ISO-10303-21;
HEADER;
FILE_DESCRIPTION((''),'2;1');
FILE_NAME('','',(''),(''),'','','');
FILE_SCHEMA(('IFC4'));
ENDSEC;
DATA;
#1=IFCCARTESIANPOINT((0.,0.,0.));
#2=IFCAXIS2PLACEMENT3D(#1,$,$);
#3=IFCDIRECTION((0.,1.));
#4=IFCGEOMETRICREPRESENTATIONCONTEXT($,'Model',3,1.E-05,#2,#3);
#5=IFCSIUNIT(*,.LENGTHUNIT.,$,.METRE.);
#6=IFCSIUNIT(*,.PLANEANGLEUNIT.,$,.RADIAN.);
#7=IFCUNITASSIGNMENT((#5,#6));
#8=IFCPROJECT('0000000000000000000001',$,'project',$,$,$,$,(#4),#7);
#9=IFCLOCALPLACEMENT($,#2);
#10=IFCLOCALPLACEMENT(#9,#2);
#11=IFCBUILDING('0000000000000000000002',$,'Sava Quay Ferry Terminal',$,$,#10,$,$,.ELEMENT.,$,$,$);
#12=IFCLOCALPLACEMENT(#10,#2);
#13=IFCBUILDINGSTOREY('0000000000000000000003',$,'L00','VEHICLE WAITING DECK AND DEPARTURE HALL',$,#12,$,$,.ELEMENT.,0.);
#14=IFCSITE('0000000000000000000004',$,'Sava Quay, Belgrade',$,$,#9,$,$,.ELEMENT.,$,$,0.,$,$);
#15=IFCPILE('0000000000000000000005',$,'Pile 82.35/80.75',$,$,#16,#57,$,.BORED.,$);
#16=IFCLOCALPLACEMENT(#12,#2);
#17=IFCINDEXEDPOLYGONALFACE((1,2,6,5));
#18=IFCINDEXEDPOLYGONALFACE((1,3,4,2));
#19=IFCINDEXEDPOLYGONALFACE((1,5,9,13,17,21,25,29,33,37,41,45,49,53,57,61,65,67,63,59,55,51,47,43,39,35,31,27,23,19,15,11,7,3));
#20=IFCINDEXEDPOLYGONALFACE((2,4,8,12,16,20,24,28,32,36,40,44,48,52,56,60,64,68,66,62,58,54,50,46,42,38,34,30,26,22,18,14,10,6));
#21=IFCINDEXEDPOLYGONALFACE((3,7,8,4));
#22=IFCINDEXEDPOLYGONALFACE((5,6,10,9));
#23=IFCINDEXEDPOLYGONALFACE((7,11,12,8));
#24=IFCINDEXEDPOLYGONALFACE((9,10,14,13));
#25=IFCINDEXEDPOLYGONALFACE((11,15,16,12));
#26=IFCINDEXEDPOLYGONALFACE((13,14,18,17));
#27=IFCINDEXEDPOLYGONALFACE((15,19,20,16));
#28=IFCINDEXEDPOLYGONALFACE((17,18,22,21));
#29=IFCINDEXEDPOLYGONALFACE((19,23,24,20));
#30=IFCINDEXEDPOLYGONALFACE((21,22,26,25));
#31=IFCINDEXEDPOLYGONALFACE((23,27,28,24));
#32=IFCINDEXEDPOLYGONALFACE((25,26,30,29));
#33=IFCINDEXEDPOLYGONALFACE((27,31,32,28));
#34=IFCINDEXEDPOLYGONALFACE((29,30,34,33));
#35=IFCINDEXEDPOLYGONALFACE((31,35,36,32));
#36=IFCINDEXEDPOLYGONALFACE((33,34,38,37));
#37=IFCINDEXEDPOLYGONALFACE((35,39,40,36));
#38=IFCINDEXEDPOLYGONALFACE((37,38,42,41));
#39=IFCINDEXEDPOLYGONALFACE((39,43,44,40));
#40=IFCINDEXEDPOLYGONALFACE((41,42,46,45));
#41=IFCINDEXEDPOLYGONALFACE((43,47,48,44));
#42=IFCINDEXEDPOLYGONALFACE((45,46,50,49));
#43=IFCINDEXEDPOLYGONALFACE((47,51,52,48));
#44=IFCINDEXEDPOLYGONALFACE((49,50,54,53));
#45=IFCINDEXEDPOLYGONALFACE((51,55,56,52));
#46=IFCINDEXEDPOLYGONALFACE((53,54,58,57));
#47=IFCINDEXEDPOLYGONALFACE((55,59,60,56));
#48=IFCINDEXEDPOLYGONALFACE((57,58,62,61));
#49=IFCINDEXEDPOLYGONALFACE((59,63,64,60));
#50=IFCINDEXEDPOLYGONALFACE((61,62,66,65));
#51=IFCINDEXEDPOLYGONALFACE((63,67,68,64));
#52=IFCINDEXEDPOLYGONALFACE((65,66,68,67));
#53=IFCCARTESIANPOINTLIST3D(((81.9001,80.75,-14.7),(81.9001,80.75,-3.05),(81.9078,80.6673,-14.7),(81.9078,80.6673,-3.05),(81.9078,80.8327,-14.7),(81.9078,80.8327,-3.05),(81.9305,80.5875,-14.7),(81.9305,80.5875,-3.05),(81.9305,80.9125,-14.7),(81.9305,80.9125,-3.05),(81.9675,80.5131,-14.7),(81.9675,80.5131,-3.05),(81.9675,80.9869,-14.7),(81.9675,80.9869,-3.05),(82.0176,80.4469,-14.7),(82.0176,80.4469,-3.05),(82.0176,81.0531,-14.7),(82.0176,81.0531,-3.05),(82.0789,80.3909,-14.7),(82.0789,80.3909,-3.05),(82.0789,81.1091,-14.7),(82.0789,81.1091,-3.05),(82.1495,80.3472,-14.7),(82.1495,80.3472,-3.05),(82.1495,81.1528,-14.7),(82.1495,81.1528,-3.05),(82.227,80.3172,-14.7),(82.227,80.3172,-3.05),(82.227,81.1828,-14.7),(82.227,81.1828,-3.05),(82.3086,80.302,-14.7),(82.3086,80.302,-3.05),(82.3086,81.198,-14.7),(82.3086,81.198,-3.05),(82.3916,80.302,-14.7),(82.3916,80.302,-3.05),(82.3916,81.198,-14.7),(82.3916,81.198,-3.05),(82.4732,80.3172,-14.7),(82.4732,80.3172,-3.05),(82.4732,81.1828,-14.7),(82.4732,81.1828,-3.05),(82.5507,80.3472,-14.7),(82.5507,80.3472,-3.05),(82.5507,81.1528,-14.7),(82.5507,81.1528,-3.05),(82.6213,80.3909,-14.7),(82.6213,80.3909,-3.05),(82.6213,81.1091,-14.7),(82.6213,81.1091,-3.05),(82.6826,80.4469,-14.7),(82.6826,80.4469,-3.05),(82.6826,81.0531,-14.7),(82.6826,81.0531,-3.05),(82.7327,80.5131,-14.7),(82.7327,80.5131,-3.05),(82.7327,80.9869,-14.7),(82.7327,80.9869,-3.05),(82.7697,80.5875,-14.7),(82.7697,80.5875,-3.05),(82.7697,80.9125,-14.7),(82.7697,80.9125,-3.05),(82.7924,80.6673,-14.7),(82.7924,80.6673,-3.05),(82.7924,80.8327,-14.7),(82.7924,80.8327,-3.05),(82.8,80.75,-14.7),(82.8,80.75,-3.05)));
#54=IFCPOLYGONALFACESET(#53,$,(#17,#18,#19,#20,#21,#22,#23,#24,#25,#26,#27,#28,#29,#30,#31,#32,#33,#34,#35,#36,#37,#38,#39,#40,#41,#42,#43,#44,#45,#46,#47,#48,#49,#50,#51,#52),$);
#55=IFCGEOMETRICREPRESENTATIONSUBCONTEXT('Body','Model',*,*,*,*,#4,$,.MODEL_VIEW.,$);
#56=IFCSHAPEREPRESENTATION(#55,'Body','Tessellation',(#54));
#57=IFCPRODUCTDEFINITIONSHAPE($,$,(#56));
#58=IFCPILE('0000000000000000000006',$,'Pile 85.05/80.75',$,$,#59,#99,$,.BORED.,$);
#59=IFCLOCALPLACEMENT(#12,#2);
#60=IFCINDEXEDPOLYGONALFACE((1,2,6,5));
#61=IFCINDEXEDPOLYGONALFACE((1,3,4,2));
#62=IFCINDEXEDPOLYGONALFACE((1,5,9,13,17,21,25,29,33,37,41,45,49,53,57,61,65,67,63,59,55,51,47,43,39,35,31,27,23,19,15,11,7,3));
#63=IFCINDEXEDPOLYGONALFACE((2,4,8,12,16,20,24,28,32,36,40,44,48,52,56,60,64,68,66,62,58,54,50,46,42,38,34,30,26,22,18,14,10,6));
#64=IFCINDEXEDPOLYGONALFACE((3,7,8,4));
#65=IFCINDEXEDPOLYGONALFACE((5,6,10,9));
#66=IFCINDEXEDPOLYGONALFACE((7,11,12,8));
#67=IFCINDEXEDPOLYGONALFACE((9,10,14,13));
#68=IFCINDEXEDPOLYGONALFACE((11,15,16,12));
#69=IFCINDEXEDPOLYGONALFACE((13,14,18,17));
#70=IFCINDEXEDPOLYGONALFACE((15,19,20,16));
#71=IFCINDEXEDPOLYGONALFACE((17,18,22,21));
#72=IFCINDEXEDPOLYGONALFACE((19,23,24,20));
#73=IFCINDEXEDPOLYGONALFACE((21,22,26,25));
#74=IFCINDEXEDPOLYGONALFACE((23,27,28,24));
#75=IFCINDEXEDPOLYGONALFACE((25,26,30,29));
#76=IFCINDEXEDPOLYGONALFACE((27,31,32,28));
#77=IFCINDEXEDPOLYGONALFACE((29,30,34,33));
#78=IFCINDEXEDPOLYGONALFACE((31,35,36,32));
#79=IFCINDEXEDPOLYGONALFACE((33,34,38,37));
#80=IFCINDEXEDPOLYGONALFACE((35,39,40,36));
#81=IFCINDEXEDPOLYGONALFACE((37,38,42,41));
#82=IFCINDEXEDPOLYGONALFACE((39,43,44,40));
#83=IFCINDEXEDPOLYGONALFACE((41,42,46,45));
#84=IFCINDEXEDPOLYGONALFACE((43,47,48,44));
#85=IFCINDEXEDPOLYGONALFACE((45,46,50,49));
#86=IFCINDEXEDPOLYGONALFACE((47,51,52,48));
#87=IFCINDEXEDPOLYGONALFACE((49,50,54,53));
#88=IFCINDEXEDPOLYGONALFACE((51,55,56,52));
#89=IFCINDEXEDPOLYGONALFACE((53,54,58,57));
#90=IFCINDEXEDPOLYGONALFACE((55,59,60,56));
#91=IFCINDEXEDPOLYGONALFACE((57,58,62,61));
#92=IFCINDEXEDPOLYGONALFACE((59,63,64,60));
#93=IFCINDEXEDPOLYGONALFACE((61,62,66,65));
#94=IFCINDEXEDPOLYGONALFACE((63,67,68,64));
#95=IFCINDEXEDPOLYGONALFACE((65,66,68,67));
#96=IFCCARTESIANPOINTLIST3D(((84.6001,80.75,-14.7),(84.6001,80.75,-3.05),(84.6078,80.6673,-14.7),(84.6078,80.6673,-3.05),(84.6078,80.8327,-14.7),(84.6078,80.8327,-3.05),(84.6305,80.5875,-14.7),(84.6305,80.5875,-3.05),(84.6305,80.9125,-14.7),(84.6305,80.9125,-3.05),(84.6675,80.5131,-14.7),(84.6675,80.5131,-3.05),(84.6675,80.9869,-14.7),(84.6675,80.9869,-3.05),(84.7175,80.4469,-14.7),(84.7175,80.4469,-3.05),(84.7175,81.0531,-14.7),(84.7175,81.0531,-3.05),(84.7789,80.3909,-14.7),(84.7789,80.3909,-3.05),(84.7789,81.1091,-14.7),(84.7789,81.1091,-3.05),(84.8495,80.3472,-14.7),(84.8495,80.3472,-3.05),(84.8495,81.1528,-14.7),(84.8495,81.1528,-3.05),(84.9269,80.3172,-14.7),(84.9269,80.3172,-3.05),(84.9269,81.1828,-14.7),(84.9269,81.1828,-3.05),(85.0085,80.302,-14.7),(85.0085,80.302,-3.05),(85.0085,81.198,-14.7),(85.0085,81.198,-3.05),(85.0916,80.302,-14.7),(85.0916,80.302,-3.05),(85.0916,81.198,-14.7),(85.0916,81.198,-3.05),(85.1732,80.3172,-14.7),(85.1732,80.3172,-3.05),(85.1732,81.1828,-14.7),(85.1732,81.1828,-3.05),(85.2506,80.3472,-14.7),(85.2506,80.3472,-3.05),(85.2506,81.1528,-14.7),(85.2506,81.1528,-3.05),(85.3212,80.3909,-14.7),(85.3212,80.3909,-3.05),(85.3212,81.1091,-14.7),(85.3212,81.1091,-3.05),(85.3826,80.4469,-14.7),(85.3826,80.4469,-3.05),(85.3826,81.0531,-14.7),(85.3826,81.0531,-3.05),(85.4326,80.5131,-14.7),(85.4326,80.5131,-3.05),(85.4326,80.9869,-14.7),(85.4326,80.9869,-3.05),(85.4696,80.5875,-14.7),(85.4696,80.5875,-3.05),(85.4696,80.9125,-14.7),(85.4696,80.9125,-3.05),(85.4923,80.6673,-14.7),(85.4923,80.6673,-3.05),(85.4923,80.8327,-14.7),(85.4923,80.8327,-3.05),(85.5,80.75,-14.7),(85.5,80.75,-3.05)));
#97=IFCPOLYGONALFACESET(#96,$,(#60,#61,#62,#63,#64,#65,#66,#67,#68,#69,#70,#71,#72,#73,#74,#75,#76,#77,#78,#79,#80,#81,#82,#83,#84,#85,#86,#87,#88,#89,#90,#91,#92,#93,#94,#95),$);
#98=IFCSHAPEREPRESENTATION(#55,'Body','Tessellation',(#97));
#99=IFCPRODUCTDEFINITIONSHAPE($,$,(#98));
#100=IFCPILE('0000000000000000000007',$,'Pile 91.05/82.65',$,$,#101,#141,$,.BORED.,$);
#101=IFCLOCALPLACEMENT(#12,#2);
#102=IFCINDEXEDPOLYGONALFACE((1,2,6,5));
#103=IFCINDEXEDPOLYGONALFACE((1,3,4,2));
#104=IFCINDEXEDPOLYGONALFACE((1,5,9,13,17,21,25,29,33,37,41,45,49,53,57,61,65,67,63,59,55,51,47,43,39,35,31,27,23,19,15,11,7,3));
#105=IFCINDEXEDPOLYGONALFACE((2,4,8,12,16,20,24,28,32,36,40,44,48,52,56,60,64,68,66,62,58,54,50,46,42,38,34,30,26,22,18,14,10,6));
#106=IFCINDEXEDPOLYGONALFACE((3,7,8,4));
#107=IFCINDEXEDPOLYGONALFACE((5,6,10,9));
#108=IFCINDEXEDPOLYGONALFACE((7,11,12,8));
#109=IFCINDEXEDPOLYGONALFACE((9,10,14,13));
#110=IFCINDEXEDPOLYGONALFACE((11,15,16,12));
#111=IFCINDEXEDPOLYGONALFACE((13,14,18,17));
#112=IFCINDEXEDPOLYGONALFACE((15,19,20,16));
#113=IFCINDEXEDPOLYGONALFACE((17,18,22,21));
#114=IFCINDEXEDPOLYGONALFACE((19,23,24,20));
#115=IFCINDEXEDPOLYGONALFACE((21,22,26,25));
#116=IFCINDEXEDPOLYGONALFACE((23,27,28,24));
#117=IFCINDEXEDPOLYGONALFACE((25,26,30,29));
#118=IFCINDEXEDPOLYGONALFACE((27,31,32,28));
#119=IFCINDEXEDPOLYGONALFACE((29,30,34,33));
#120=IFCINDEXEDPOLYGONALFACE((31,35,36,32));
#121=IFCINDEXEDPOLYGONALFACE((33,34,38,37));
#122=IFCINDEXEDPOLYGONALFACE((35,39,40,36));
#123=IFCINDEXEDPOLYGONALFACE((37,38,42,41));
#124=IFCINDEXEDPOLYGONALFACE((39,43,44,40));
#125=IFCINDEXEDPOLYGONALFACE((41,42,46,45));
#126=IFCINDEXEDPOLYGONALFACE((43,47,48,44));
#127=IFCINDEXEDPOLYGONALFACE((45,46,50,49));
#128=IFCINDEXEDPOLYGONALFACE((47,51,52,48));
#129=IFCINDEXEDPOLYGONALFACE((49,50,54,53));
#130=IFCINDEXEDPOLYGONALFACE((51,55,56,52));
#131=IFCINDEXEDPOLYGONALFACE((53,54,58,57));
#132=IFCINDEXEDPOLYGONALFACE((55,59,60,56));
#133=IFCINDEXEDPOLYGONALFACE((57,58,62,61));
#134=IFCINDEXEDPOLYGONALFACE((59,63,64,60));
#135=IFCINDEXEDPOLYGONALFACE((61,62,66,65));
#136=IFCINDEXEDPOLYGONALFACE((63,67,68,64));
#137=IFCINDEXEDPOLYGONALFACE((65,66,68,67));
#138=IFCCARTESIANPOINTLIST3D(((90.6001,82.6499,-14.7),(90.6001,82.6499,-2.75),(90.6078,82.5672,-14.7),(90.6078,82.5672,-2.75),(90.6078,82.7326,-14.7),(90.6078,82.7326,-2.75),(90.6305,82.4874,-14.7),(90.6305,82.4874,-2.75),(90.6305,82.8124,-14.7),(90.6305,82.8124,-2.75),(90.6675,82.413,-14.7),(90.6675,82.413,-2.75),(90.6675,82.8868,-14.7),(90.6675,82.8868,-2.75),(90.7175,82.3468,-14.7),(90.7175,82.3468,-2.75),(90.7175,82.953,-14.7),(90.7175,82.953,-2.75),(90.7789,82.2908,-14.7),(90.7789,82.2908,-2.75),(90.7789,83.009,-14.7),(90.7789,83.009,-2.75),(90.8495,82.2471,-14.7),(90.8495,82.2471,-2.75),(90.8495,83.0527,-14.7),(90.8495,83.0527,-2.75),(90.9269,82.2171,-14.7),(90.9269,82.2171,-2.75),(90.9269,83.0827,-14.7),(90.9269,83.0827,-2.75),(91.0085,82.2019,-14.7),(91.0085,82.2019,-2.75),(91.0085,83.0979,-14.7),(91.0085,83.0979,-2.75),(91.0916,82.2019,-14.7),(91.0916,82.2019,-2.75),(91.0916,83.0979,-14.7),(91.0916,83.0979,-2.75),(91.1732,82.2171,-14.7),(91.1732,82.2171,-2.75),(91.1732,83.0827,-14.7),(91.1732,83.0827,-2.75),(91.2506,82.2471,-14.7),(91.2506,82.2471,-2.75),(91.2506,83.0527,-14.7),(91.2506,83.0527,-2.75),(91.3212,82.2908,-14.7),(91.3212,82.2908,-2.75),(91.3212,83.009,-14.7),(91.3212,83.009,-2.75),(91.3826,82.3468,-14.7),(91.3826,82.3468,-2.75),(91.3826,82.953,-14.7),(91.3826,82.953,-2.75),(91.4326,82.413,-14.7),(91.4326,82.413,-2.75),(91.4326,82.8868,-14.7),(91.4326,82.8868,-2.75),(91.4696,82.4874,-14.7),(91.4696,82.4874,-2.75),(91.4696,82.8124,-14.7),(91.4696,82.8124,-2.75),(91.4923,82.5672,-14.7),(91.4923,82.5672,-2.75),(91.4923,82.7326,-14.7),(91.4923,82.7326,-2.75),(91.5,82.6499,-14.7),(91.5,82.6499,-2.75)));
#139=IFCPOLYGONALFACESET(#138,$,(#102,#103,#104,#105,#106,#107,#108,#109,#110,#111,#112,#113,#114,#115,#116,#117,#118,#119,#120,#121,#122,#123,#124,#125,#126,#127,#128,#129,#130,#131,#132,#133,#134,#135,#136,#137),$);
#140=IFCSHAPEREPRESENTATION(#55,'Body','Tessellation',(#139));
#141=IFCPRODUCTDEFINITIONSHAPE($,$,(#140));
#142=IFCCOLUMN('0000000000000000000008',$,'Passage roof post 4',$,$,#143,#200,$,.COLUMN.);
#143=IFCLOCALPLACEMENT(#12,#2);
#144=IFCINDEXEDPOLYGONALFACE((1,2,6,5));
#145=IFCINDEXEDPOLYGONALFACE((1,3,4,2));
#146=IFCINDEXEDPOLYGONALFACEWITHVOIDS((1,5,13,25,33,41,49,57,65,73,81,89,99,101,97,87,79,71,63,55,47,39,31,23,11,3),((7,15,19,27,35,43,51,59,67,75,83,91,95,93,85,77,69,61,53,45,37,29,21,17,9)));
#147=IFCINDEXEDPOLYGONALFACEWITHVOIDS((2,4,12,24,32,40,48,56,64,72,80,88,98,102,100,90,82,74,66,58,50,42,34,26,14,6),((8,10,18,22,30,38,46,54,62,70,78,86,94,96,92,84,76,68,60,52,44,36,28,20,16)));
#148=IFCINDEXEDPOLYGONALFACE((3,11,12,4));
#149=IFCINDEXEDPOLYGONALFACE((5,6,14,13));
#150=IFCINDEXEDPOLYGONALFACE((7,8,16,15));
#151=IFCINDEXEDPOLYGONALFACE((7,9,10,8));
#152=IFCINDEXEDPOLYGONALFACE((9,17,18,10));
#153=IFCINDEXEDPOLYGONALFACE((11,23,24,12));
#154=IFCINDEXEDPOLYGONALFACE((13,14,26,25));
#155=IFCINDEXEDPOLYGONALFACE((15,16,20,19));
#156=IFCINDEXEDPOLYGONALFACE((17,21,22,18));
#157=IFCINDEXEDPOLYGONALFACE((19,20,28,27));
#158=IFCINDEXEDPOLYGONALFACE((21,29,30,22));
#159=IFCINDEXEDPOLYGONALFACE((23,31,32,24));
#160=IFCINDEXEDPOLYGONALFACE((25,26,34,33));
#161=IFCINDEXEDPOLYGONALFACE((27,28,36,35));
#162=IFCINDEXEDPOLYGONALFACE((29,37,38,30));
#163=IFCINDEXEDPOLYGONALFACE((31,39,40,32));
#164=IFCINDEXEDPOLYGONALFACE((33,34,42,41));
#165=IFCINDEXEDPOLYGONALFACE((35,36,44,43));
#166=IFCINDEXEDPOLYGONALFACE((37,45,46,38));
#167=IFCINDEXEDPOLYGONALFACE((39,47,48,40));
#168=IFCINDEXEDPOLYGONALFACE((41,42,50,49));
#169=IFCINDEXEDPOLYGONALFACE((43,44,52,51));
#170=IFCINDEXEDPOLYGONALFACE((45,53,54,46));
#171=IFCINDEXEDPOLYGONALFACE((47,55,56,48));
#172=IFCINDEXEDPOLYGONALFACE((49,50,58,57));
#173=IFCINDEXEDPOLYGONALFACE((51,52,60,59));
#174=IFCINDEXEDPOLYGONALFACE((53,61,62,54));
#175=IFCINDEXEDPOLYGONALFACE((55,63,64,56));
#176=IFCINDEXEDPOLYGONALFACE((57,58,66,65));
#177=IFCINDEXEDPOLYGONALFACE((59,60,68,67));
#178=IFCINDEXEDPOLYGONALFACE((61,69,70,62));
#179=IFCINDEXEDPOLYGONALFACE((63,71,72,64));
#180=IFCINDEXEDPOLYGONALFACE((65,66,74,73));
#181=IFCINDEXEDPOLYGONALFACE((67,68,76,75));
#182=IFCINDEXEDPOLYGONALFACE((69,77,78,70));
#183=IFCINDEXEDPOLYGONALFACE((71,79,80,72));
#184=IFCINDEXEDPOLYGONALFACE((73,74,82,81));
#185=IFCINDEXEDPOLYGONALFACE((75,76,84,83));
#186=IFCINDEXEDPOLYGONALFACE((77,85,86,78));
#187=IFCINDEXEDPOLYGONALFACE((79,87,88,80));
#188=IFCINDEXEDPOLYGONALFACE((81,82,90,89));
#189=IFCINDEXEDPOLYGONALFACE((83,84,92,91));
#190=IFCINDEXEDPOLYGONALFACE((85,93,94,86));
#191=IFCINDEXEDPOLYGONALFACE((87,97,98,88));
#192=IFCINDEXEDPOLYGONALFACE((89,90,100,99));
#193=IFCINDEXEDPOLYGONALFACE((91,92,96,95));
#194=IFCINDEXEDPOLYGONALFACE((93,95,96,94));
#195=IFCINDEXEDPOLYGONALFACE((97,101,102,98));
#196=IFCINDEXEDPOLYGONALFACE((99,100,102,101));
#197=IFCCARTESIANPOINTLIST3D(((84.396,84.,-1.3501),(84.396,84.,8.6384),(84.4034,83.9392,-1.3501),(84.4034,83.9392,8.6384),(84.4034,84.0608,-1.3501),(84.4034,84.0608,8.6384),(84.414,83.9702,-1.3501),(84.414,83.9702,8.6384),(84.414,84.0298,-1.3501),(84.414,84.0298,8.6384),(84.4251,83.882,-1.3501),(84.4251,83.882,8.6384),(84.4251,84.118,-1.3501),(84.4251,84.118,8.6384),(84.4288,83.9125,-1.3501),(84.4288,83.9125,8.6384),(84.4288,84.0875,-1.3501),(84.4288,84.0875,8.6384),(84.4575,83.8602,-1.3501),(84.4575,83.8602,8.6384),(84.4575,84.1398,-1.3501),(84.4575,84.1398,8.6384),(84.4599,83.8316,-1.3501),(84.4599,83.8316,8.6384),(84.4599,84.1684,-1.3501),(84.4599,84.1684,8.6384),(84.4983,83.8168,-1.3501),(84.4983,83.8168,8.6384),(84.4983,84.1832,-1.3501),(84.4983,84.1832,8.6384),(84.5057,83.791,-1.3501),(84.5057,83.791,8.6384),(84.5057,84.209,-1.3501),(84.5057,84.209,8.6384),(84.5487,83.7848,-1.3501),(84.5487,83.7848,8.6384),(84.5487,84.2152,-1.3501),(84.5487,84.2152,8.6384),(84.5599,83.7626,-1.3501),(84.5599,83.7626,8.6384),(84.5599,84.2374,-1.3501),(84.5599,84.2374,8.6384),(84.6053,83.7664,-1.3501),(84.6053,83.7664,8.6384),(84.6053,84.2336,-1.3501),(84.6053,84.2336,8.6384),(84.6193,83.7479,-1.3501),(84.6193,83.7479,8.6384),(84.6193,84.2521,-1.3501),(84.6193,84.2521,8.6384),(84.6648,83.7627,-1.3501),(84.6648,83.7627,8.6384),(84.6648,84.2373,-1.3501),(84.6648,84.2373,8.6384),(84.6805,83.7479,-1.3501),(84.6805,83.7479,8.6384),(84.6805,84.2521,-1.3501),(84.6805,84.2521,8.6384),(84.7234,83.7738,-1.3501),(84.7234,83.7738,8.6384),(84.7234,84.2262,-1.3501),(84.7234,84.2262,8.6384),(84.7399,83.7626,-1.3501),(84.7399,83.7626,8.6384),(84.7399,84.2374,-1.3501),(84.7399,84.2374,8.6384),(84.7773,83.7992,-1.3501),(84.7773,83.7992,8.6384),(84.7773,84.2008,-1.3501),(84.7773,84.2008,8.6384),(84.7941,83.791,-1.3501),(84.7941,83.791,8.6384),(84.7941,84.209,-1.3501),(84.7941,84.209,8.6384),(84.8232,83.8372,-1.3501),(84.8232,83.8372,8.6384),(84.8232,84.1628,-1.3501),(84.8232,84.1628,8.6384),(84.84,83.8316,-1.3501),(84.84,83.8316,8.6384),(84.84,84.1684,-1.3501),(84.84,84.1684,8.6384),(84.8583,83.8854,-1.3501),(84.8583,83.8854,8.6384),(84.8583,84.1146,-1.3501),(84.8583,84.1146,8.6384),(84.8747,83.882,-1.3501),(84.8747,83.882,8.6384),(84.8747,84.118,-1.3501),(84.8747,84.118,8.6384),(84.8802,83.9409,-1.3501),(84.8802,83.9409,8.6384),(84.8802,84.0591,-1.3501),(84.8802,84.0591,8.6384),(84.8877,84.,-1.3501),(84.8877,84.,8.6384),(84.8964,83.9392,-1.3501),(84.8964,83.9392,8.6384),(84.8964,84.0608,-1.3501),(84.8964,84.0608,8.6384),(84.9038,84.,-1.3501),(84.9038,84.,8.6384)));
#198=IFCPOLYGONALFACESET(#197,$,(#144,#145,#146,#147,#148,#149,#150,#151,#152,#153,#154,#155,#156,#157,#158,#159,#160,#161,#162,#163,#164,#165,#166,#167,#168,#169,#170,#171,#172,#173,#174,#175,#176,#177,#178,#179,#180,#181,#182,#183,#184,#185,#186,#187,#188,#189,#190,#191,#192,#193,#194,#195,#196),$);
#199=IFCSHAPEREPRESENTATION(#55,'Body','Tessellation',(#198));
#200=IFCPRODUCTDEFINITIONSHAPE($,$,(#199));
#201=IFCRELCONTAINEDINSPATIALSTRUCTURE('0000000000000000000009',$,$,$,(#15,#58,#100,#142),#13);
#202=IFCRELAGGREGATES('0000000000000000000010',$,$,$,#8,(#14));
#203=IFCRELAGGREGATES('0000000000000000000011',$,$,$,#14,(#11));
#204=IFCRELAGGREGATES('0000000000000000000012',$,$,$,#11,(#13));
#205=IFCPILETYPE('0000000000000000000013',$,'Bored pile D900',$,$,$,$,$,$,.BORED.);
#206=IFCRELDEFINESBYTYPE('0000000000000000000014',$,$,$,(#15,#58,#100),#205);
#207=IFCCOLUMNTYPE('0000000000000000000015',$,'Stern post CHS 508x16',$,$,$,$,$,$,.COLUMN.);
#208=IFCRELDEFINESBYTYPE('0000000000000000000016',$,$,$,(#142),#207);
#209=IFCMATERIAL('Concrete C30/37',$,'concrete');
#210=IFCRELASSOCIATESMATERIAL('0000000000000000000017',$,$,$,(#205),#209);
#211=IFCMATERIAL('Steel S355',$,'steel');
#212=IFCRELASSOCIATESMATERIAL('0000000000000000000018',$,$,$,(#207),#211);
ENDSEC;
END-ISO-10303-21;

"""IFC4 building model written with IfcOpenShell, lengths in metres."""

from ifc_helpers import new_model, si_unit, direction, frame, origin, origin_2d, place, context, subcontext, project, spatial, circle, hollow_circle, extrude, material, material_profile, profile_set, type_object, element, save


model = new_model("IFC4")

# Units and contexts
model_context = context("Model", 3, precision=1e-05, world=origin(), true_north=direction((0.0, 1.0)))
body_context = subcontext(model_context, "Body", "Model", "MODEL_VIEW")
ifc_project = project(units=[si_unit("LENGTHUNIT", "METRE"), si_unit("PLANEANGLEUNIT", "RADIAN")], contexts=[model_context])

# Site, building, storey
site_placement = place(None, origin())
site = spatial("IfcSite", under=ifc_project, at=site_placement, Name="Sava Quay, Belgrade", CompositionType="ELEMENT", RefElevation=0.0)
building_placement = place(site_placement, origin())
building = spatial("IfcBuilding", under=site, at=building_placement, Name="Sava Quay Ferry Terminal", CompositionType="ELEMENT")
storey_placement = place(building_placement, origin())
storey = spatial("IfcBuildingStorey", under=building, at=storey_placement, Name="L00", Description="VEHICLE WAITING DECK AND DEPARTURE HALL", CompositionType="ELEMENT", Elevation=0.0)

# Piles
ifc_material_1 = material(Name="Concrete C30/37", Category="concrete")
ifc_material_profile_1 = material_profile(ifc_material_1, circle(Radius=0.45, at=origin_2d()), Name="Bored pile D900")
ifc_profile_set_1 = profile_set([ifc_material_profile_1], Name="Concrete C30/37")
pile_type = type_object("IfcPileType", Name="Bored pile D900", PredefinedType="BORED", material=ifc_profile_set_1)
for number, where, z_axis, x_axis, name in (
    (1, (82.3501, 80.75, -3.05), (0.0, 0.0, -1.0), (1.0, 0.0, 0.0), "Pile 82.35/80.75"),
    (2, (85.05, 80.75, -3.05), (0.0, 0.0, -1.0), (1.0, 0.0, 0.0), "Pile 85.05/80.75"),
):
    element("IfcPile", number, at=place(storey_placement, frame(where, z_axis=z_axis, x_axis=x_axis)), inside=storey, type_object=pile_type, Name=name, PredefinedType="BORED", context=body_context, shape_type="SweptSolid", body=[
        extrude(circle(Radius=0.45, at=origin_2d()), origin(), (0.0, 0.0, 1.0), 11.6499),
    ])
pile_placement = place(storey_placement, frame((91.05, 82.6499, -2.75), z_axis=(0.0, 0.0, -1.0), x_axis=(1.0, 0.0, 0.0)))
element("IfcPile", 3, at=pile_placement, inside=storey, type_object=pile_type, Name="Pile 91.05/82.65", PredefinedType="BORED", context=body_context, shape_type="SweptSolid", body=[
    extrude(circle(Radius=0.45, at=origin_2d()), origin(), (0.0, 0.0, 1.0), 11.95),
])

# Column
ifc_material_2 = material(Name="Steel S355", Category="steel")
ifc_material_profile_2 = material_profile(ifc_material_2, hollow_circle(Radius=0.2539, WallThickness=0.0161, at=origin_2d()), Name="CHS 508 x 16.0")
ifc_profile_set_2 = profile_set([ifc_material_profile_2], Name="Steel S355")
column_type = type_object("IfcColumnType", Name="Stern post CHS 508x16", PredefinedType="COLUMN", material=ifc_profile_set_2)
column_placement = place(storey_placement, frame((84.6499, 84.0, -1.3501), z_axis=(0.0, 0.0, 1.0), x_axis=(1.0, 0.0, 0.0)))
element("IfcColumn", 4, at=column_placement, inside=storey, type_object=column_type, Name="Passage roof post 4", PredefinedType="COLUMN", context=body_context, shape_type="SweptSolid", body=[
    extrude(hollow_circle(Radius=0.2539, WallThickness=0.0161, at=origin_2d()), origin(), (0.0, 0.0, 1.0), 9.9885),
])

save(model, "model.ifc")
